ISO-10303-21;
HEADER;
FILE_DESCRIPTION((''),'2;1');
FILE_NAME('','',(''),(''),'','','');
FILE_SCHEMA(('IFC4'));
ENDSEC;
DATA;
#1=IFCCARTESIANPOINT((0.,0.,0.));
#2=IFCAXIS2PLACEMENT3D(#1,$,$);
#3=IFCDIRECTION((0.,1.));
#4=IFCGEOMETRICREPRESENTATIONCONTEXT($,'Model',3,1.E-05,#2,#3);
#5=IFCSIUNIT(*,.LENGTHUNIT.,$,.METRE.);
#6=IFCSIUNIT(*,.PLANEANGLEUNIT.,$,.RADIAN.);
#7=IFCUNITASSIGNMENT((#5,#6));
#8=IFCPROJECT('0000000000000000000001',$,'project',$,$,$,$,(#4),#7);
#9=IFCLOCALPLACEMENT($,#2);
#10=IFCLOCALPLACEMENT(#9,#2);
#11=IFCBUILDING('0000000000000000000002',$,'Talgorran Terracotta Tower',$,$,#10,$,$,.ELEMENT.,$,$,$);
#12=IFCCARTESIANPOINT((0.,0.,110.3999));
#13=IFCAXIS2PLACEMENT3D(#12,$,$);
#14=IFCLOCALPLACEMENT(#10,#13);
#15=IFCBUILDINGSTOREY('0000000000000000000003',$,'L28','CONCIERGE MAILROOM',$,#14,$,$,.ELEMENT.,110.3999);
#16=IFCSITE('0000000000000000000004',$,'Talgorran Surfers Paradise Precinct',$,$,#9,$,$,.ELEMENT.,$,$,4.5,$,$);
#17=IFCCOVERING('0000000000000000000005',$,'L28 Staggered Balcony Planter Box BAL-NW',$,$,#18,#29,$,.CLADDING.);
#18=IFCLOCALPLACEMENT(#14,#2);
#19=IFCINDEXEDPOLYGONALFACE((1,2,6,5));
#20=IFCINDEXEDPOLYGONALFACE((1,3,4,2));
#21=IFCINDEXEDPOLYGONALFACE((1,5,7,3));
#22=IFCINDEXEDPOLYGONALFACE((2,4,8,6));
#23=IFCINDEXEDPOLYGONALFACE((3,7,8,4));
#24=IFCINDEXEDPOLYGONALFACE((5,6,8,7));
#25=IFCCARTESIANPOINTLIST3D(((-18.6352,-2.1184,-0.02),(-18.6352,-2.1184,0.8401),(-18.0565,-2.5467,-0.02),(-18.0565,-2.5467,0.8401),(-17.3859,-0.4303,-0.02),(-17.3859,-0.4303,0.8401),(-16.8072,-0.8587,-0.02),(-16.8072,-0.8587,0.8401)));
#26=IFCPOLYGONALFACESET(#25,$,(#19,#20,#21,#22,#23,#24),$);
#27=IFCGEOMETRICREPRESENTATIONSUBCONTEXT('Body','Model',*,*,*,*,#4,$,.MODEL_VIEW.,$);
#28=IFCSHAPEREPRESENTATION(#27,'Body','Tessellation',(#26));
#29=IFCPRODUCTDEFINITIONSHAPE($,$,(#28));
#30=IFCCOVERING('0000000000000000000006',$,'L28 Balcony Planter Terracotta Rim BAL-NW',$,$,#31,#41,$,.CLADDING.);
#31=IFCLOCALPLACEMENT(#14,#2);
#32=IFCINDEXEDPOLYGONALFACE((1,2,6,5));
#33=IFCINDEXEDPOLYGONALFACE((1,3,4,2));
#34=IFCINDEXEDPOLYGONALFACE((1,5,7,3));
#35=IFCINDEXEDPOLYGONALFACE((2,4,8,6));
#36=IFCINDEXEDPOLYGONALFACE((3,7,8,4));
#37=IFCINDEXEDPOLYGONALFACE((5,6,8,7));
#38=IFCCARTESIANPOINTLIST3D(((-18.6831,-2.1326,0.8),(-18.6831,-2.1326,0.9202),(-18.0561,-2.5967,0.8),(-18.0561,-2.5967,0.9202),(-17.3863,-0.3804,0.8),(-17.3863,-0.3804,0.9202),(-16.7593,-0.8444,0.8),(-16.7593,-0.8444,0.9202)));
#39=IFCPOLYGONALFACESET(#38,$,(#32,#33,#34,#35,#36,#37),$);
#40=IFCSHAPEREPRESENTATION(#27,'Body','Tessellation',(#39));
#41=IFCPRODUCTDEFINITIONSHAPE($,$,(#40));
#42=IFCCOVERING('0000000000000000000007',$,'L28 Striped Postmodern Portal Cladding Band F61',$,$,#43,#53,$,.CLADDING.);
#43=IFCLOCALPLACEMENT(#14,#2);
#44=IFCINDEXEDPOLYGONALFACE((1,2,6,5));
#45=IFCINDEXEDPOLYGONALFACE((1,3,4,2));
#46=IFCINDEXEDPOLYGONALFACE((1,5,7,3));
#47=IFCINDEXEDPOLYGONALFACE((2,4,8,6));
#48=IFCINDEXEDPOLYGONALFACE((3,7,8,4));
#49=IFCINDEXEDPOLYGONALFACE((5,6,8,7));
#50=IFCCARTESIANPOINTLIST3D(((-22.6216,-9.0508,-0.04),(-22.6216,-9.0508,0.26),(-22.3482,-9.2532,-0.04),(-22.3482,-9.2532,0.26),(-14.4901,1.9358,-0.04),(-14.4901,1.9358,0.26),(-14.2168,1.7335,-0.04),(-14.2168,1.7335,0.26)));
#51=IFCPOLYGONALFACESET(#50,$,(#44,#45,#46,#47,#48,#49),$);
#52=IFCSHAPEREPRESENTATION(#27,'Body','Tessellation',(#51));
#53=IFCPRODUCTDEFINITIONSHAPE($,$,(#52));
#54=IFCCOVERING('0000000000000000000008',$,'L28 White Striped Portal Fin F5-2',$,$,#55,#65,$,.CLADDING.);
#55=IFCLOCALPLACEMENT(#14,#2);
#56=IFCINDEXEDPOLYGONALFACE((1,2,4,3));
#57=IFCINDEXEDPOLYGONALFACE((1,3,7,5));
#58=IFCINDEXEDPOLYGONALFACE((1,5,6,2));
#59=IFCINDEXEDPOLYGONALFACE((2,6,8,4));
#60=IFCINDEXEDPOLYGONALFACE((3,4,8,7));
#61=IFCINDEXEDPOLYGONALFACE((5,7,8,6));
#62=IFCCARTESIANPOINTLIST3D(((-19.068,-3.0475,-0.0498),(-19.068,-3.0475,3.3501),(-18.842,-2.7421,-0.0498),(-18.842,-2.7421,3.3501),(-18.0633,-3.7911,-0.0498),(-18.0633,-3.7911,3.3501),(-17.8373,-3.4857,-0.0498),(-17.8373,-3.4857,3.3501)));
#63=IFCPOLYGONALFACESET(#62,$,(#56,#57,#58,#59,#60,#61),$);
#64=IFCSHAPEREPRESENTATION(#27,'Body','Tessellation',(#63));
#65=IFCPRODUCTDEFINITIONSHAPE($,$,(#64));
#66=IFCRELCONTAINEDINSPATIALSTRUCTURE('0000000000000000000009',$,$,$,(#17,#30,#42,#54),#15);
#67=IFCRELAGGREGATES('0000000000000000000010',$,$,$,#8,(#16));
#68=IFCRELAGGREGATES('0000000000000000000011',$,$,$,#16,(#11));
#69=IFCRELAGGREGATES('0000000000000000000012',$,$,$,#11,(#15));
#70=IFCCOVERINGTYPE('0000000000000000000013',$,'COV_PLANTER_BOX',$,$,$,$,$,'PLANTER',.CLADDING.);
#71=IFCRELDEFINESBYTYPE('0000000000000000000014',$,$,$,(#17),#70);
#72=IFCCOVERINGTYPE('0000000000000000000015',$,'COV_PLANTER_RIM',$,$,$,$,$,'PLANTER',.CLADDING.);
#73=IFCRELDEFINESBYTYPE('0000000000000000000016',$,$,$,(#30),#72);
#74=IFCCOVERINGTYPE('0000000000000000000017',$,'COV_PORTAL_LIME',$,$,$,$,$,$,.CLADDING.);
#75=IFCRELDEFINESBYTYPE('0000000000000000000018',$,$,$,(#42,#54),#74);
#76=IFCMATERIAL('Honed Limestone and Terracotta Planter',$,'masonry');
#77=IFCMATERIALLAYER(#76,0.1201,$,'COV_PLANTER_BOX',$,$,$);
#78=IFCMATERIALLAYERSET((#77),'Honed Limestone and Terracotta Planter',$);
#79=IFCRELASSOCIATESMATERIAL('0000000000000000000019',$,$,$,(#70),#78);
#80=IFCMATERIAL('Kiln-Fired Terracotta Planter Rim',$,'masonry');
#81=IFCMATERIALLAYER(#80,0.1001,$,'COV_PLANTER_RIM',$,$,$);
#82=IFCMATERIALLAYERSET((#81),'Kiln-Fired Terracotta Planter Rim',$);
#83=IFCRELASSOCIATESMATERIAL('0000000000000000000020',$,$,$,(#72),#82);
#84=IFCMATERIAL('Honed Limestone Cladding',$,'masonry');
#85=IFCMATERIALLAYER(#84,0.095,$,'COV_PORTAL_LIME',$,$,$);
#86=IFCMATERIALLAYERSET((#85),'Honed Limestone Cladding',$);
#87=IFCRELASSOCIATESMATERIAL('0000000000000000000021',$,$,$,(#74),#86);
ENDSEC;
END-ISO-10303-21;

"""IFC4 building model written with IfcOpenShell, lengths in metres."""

from ifc_helpers import new_model, si_unit, direction, frame, origin, origin_2d, place, context, subcontext, project, spatial, rectangle, extrude, material, layer, layer_set, type_object, element, save


model = new_model("IFC4")

# Units and contexts
model_context = context("Model", 3, precision=1e-05, world=origin(), true_north=direction((0.0, 1.0)))
body_context = subcontext(model_context, "Body", "Model", "MODEL_VIEW")
ifc_project = project(units=[si_unit("LENGTHUNIT", "METRE"), si_unit("PLANEANGLEUNIT", "RADIAN")], contexts=[model_context])

# Site, building, storey
site_placement = place(None, origin())
site = spatial("IfcSite", under=ifc_project, at=site_placement, Name="Talgorran Surfers Paradise Precinct", CompositionType="ELEMENT", RefElevation=4.5)
building_placement = place(site_placement, origin())
building = spatial("IfcBuilding", under=site, at=building_placement, Name="Talgorran Terracotta Tower", CompositionType="ELEMENT")
storey_placement = place(building_placement, frame((0.0, 0.0, 110.3999)))
storey = spatial("IfcBuildingStorey", under=building, at=storey_placement, Name="L28", Description="CONCIERGE MAILROOM", CompositionType="ELEMENT", Elevation=110.3999)

# Coverings
ifc_material_1 = material(Name="Honed Limestone and Terracotta Planter", Category="masonry")
ifc_layer_1 = layer(ifc_material_1, 0.1201, Name="COV_PLANTER_BOX")
ifc_layer_set_1 = layer_set([ifc_layer_1], Name="Honed Limestone and Terracotta Planter")
covering_type_1 = type_object("IfcCoveringType", Name="COV_PLANTER_BOX", ElementType="PLANTER", PredefinedType="CLADDING", material=ifc_layer_set_1)
covering_1_placement = place(storey_placement, frame((-17.7212, -1.4885, -0.02), z_axis=(0.0, 0.0, 1.0), x_axis=(-0.594907, -0.803795, 0.0)))
element("IfcCovering", 1, at=covering_1_placement, inside=storey, type_object=covering_type_1, Name="L28 Staggered Balcony Planter Box BAL-NW", PredefinedType="CLADDING", context=body_context, shape_type="SweptSolid", body=[
    extrude(rectangle(XDim=2.1001, YDim=0.72, at=origin_2d()), origin(), (0.0, 0.0, 1.0), 0.8601),
])
ifc_material_2 = material(Name="Kiln-Fired Terracotta Planter Rim", Category="masonry")
ifc_layer_2 = layer(ifc_material_2, 0.1001, Name="COV_PLANTER_RIM")
ifc_layer_set_2 = layer_set([ifc_layer_2], Name="Kiln-Fired Terracotta Planter Rim")
covering_type_2 = type_object("IfcCoveringType", Name="COV_PLANTER_RIM", ElementType="PLANTER", PredefinedType="CLADDING", material=ifc_layer_set_2)
covering_2_placement = place(storey_placement, frame((-17.7212, -1.4885, 0.8), z_axis=(0.0, 0.0, 1.0), x_axis=(-0.594907, -0.803795, 0.0)))
element("IfcCovering", 2, at=covering_2_placement, inside=storey, type_object=covering_type_2, Name="L28 Balcony Planter Terracotta Rim BAL-NW", PredefinedType="CLADDING", context=body_context, shape_type="SweptSolid", body=[
    extrude(rectangle(XDim=2.1799, YDim=0.78, at=origin_2d()), origin(), (0.0, 0.0, 1.0), 0.1201),
])
ifc_material_3 = material(Name="Honed Limestone Cladding", Category="masonry")
ifc_layer_3 = layer(ifc_material_3, 0.095, Name="COV_PORTAL_LIME")
ifc_layer_set_3 = layer_set([ifc_layer_3], Name="Honed Limestone Cladding")
covering_type_3 = type_object("IfcCoveringType", Name="COV_PORTAL_LIME", PredefinedType="CLADDING", material=ifc_layer_set_3)
covering_3_placement = place(storey_placement, frame((-18.4192, -3.6587, -0.04), z_axis=(0.0, 0.0, 1.0), x_axis=(-0.594907, -0.803795, 0.0)))
element("IfcCovering", 3, at=covering_3_placement, inside=storey, type_object=covering_type_3, Name="L28 Striped Postmodern Portal Cladding Band F61", PredefinedType="CLADDING", context=body_context, shape_type="SweptSolid", body=[
    extrude(rectangle(XDim=13.6685, YDim=0.3401, at=origin_2d()), origin(), (0.0, 0.0, 1.0), 0.3),
])
covering_4_placement = place(storey_placement, frame((-18.4526, -3.2666, -0.0498), z_axis=(0.0, 0.0, 1.0), x_axis=(-0.594907, -0.803795, 0.0)))
element("IfcCovering", 4, at=covering_4_placement, inside=storey, type_object=covering_type_3, Name="L28 White Striped Portal Fin F5-2", PredefinedType="CLADDING", context=body_context, shape_type="SweptSolid", body=[
    extrude(rectangle(XDim=0.3799, YDim=1.25, at=origin_2d()), origin(), (0.0, 0.0, 1.0), 3.3999),
])

save(model, "model.ifc")
